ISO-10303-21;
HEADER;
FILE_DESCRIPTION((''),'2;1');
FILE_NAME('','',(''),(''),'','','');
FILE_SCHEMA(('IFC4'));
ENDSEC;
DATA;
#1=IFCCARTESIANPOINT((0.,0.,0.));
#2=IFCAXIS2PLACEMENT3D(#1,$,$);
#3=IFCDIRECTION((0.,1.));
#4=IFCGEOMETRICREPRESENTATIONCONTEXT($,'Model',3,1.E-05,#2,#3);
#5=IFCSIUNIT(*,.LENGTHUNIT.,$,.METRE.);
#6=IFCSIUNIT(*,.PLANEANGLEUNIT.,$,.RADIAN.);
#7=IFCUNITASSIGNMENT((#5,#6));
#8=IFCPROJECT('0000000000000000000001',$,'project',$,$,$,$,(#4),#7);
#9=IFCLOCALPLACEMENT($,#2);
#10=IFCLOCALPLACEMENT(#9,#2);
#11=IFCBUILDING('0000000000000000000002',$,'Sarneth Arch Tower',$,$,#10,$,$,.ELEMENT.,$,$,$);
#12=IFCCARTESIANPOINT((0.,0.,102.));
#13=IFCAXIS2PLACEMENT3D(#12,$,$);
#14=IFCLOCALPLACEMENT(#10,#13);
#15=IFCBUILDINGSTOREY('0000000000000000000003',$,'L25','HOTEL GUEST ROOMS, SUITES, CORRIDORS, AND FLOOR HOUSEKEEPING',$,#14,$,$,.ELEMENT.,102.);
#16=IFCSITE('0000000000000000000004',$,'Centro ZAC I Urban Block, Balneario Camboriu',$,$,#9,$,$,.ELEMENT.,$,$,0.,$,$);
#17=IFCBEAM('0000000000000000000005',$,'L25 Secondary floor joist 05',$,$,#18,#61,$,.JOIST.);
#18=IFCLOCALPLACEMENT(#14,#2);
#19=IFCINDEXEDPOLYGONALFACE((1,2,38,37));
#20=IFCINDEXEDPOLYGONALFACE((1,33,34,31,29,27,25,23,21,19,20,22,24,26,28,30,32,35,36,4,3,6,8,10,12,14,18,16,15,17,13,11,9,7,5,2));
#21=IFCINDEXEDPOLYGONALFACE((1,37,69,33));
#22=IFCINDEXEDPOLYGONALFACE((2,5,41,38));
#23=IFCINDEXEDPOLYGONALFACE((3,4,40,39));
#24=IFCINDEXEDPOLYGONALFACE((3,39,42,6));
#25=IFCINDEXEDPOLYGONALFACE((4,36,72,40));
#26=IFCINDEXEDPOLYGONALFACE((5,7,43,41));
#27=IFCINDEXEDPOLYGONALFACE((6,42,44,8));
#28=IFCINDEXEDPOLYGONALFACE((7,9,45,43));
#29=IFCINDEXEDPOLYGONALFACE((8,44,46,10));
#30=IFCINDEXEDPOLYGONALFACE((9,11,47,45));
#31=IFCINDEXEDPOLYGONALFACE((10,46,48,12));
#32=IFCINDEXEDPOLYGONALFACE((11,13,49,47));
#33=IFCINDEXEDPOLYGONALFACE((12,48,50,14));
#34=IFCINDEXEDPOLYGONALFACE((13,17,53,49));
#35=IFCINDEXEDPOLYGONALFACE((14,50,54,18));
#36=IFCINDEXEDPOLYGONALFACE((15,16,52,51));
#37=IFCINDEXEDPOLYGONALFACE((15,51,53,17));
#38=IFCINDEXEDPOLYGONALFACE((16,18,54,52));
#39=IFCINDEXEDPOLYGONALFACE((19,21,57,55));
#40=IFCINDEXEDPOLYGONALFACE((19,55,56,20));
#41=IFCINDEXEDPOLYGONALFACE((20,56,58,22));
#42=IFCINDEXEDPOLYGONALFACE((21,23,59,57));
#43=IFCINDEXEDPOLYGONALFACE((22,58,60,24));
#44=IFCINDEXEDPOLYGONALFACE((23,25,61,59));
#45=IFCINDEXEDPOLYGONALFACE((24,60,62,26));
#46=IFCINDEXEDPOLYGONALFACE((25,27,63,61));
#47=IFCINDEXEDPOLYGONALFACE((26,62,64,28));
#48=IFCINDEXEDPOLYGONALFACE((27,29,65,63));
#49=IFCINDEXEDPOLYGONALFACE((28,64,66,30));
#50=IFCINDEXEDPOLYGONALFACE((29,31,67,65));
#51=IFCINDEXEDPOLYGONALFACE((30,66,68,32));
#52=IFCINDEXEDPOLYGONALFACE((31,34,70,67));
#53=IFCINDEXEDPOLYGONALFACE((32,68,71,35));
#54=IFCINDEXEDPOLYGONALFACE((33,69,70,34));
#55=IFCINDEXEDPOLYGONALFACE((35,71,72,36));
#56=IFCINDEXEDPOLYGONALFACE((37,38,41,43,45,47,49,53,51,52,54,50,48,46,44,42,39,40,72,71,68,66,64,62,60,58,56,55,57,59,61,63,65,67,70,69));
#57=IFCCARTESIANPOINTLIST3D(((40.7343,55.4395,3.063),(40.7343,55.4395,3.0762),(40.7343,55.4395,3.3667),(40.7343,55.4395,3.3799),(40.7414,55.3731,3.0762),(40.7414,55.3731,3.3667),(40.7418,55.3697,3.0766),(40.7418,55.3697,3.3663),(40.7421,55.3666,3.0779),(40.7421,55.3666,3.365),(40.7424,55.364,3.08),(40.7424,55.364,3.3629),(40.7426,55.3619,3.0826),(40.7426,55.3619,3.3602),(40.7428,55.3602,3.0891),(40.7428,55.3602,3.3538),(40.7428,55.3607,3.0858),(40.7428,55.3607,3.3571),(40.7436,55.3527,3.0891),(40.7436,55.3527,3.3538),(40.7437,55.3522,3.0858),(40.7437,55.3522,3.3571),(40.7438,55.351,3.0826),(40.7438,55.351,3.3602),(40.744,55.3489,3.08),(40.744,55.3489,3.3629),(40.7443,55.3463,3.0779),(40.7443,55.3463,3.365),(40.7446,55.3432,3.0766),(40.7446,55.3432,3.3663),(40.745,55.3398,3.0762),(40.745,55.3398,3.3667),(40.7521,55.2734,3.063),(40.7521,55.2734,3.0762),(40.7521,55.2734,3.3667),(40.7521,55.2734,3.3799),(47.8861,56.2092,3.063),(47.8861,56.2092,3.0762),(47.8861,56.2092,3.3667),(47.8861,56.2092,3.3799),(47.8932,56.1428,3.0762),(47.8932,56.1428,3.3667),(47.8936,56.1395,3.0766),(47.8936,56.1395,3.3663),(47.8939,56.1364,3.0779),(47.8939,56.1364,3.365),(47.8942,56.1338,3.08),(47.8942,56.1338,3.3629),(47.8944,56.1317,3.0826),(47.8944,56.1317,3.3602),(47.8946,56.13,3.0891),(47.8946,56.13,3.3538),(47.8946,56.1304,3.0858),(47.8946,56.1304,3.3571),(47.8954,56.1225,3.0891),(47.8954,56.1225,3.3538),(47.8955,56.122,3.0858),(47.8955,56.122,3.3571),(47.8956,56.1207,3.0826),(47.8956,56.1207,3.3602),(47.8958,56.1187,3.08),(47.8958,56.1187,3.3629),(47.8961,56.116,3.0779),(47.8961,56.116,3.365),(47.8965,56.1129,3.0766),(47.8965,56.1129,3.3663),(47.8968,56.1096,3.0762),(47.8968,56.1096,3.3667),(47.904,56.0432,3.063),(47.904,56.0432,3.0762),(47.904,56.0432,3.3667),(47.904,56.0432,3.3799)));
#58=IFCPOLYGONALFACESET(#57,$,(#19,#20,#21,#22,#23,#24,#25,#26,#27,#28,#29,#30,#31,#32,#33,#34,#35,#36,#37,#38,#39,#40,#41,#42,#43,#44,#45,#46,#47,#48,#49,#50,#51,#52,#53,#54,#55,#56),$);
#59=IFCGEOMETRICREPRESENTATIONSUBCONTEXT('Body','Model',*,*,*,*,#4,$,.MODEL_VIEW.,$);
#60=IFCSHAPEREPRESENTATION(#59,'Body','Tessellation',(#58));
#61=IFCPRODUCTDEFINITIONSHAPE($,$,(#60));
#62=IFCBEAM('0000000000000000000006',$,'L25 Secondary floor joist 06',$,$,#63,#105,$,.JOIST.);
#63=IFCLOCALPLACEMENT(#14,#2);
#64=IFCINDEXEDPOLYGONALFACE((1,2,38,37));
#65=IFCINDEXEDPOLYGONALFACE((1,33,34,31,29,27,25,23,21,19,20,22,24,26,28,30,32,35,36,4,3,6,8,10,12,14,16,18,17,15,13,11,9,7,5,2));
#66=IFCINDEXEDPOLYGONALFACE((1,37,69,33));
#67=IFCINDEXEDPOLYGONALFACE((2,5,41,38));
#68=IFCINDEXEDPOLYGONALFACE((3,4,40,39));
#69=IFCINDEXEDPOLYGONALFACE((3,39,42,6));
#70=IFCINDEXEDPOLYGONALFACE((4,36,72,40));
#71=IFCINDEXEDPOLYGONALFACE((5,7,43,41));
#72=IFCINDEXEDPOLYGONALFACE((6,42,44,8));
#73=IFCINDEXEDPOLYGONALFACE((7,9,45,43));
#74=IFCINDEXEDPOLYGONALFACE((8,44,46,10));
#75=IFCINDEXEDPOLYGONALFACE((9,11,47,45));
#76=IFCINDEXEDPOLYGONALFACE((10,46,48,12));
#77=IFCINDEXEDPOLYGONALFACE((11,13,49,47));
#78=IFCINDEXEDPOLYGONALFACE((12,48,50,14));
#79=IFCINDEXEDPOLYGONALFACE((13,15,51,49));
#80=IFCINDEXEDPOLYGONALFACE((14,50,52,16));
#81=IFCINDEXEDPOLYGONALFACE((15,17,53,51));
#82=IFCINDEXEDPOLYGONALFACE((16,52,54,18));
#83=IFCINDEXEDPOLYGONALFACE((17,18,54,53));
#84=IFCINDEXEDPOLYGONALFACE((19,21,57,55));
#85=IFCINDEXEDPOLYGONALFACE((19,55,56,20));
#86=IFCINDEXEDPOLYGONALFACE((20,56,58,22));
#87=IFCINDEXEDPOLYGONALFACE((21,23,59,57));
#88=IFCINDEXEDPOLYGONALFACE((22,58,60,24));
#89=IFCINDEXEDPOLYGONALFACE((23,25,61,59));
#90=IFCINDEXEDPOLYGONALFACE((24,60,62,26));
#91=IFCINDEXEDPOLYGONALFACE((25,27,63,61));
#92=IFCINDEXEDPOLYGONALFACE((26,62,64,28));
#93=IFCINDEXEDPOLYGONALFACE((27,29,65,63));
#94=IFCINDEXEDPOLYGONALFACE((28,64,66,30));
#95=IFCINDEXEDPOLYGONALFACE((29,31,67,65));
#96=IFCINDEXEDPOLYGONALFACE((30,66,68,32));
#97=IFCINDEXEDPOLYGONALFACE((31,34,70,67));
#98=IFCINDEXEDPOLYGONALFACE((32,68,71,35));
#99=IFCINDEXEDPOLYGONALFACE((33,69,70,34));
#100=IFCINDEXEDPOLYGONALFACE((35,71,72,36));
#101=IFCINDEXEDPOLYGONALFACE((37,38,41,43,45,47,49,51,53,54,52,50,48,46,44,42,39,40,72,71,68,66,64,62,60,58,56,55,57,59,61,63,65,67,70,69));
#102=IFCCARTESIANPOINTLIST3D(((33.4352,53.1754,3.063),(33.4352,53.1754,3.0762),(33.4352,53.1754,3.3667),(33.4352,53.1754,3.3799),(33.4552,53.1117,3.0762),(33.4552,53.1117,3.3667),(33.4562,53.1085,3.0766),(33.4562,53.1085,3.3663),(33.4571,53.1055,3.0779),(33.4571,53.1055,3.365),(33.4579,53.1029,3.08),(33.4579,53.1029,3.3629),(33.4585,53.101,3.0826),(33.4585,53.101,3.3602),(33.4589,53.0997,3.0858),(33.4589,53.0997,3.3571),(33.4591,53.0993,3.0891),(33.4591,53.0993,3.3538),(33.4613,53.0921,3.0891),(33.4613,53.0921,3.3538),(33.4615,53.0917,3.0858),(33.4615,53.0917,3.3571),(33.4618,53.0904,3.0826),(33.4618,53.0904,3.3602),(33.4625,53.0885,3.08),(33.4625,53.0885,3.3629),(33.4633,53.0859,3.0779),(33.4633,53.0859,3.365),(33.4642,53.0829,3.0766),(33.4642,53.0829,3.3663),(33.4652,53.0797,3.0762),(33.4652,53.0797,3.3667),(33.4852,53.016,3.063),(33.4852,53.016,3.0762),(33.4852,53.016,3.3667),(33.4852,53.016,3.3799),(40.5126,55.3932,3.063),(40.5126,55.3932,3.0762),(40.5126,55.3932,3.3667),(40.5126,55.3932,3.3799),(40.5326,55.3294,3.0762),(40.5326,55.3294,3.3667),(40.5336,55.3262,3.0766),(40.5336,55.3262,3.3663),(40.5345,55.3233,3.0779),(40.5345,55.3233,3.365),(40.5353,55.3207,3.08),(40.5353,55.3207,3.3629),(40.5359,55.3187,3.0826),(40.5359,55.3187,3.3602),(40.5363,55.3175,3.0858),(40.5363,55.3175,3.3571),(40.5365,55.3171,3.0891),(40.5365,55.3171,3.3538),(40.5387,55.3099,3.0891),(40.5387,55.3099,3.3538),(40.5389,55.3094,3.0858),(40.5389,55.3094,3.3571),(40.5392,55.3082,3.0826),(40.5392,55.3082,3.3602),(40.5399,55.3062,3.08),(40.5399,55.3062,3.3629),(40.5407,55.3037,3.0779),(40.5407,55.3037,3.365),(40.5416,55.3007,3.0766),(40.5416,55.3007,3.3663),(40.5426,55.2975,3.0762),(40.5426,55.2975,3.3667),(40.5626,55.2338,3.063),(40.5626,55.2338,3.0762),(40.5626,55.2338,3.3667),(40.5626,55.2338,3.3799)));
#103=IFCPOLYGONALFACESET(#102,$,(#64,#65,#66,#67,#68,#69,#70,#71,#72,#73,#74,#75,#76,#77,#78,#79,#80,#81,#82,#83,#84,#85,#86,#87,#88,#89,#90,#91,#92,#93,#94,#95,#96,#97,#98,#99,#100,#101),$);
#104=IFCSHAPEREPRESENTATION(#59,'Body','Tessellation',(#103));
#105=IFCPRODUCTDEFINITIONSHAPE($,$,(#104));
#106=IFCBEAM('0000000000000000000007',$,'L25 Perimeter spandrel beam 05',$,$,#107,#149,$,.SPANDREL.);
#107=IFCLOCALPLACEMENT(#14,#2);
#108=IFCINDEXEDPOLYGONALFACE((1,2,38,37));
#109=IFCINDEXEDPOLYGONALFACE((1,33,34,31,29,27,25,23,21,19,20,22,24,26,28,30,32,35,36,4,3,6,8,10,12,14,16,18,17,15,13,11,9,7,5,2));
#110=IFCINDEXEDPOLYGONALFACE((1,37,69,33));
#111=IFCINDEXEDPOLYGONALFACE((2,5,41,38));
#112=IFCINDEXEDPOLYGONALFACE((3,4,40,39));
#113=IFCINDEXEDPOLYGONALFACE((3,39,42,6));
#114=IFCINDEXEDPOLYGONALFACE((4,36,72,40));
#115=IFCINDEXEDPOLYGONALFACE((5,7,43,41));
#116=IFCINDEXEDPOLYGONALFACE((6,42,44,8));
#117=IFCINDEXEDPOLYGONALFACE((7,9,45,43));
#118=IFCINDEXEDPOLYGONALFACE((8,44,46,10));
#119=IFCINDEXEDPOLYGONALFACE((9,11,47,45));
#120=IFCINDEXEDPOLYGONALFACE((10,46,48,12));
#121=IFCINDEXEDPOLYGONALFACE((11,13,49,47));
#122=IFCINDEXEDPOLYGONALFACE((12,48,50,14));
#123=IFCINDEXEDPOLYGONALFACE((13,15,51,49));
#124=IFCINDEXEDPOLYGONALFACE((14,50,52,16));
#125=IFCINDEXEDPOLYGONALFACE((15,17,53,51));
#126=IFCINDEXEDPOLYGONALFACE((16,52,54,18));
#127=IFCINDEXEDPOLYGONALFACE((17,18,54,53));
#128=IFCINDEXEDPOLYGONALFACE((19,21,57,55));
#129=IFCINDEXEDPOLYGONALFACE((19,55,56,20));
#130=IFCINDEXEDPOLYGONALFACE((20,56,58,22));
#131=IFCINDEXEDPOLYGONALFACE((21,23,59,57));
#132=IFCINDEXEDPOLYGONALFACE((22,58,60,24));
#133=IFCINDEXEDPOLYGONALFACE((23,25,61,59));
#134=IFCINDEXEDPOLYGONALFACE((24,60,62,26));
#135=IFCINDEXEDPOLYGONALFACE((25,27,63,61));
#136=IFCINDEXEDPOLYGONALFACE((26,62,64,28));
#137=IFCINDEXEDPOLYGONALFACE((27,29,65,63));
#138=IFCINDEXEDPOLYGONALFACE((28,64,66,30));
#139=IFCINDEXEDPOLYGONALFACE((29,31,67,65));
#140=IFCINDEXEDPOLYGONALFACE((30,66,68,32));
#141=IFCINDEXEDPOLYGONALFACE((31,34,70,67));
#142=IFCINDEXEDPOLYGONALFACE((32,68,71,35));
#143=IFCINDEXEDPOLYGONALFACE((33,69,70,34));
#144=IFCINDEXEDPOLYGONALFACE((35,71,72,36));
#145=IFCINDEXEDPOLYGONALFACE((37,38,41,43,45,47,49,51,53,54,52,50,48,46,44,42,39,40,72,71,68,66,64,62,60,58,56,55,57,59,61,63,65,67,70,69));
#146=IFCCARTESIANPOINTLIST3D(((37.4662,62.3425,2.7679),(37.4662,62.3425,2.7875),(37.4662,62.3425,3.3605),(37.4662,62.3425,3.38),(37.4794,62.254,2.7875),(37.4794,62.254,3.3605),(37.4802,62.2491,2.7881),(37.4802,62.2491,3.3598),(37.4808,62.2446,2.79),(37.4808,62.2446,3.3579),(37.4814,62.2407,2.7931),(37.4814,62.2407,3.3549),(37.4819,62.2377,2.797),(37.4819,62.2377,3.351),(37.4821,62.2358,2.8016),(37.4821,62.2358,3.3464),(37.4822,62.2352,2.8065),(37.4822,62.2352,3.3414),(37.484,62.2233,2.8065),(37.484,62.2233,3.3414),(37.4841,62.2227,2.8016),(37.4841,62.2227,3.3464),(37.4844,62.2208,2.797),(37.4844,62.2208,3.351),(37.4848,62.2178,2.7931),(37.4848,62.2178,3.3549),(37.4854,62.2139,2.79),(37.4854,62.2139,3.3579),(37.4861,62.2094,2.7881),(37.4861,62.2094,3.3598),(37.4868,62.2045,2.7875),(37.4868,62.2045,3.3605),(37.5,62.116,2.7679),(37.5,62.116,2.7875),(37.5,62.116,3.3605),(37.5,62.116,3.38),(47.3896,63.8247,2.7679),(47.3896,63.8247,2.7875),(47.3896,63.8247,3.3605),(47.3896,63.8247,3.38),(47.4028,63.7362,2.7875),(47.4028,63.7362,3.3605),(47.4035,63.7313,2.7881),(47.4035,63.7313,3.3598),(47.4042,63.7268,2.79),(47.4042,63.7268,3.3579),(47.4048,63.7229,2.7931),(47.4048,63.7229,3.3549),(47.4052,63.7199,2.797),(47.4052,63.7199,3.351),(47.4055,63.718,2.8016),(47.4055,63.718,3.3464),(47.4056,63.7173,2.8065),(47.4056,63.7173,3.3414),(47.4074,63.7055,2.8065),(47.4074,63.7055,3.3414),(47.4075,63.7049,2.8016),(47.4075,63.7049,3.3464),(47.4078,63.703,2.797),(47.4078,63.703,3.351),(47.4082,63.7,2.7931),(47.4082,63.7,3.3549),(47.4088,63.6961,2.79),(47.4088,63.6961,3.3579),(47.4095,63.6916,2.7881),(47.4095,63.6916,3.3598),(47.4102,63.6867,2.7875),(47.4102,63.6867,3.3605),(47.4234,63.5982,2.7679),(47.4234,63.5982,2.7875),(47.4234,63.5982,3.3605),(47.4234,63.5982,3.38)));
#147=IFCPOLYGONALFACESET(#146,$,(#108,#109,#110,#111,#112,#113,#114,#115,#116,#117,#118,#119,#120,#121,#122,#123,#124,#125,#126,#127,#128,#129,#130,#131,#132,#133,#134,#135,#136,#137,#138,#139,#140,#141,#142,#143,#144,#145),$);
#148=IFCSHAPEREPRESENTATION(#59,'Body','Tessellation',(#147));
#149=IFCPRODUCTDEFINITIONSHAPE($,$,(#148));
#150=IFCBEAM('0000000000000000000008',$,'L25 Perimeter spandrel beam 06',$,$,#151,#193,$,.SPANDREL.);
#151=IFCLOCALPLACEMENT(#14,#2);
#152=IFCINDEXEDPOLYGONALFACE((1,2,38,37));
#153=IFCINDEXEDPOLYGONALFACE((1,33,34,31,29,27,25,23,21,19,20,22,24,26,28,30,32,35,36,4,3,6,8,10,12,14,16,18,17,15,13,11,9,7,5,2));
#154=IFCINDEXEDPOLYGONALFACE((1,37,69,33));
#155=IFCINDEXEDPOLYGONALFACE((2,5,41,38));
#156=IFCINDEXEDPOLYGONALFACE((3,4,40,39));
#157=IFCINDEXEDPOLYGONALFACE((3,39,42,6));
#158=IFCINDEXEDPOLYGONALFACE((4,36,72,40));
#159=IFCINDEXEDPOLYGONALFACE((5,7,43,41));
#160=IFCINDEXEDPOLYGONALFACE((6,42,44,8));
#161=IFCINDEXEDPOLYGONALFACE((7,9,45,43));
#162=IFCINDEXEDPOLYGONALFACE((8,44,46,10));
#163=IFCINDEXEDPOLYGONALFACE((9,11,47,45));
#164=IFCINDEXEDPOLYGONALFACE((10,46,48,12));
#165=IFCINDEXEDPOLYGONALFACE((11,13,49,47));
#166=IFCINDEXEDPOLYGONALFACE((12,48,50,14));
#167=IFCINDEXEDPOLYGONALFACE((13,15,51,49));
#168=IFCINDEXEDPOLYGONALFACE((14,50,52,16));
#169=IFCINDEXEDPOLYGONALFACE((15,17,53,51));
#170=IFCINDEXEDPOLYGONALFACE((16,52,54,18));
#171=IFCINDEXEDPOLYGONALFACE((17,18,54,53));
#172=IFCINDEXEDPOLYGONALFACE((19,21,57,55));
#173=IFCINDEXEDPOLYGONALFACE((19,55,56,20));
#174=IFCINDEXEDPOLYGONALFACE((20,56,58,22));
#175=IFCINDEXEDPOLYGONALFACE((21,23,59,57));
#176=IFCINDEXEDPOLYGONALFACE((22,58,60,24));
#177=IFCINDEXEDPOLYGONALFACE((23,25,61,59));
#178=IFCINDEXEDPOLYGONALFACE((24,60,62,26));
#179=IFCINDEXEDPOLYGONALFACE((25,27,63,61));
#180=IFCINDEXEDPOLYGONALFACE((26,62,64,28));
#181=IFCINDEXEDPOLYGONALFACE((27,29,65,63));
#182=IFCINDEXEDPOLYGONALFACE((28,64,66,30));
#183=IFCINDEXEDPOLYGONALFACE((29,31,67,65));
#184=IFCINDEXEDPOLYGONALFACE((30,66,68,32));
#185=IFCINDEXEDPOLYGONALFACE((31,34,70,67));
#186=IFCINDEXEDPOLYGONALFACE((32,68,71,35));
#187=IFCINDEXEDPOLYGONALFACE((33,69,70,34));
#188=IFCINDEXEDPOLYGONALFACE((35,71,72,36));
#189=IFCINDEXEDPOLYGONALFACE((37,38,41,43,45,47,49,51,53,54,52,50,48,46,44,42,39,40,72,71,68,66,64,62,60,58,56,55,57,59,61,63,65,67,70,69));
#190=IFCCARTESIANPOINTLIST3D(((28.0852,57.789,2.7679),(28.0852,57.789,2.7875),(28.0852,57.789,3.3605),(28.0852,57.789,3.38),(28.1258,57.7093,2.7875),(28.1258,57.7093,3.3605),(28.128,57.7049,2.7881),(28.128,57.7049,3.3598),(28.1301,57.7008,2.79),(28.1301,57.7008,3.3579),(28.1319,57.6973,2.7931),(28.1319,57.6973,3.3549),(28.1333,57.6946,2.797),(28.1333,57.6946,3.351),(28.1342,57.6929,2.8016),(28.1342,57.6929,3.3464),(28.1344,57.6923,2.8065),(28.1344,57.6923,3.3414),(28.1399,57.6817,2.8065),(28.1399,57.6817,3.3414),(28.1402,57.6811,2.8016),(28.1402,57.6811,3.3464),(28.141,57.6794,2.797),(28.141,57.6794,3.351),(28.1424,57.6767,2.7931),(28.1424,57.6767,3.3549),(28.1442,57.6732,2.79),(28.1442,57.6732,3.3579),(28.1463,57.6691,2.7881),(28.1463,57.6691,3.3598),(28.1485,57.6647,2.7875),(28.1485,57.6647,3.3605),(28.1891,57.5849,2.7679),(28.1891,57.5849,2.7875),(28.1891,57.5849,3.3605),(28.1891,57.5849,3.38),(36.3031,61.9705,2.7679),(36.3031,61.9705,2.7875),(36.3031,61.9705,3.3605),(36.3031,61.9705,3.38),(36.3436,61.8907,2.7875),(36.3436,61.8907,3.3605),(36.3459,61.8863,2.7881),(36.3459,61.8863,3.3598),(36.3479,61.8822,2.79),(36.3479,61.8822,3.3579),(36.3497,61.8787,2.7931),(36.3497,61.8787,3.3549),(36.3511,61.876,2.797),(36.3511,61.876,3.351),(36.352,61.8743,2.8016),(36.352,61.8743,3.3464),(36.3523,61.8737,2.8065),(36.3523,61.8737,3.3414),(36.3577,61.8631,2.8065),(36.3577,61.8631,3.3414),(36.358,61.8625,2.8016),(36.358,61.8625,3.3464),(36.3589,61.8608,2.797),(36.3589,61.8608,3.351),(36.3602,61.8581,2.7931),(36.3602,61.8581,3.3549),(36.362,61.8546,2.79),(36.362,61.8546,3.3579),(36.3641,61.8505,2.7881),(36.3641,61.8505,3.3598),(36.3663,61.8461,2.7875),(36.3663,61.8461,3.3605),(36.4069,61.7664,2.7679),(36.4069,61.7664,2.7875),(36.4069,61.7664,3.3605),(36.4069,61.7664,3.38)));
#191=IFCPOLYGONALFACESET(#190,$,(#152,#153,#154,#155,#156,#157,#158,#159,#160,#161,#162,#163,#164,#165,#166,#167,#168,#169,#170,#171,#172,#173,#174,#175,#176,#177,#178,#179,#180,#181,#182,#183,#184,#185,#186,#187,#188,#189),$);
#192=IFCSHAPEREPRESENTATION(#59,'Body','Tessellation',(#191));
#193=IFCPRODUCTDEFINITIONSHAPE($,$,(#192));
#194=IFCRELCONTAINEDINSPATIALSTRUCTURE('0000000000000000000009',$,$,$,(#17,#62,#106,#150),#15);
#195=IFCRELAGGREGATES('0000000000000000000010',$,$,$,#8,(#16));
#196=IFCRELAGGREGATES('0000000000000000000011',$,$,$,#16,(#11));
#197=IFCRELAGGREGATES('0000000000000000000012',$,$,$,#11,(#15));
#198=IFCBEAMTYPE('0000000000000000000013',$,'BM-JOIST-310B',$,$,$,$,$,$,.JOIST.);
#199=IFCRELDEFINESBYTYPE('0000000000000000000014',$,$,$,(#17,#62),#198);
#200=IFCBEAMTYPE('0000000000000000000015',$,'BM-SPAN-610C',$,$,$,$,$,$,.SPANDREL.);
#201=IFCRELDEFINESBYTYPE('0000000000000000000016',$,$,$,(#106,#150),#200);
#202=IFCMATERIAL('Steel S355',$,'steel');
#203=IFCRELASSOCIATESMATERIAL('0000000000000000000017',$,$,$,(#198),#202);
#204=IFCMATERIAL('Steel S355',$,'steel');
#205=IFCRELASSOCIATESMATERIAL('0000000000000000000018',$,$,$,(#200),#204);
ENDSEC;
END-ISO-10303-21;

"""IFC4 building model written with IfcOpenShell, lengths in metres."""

from ifc_helpers import new_model, si_unit, direction, frame, origin, origin_2d, place, context, subcontext, project, spatial, i_section, extrude, material, material_profile, profile_set, type_object, element, save


model = new_model("IFC4")

# Units and contexts
model_context = context("Model", 3, precision=1e-05, world=origin(), true_north=direction((0.0, 1.0)))
body_context = subcontext(model_context, "Body", "Model", "MODEL_VIEW")
ifc_project = project(units=[si_unit("LENGTHUNIT", "METRE"), si_unit("PLANEANGLEUNIT", "RADIAN")], contexts=[model_context])

# Site, building, storey
site_placement = place(None, origin())
site = spatial("IfcSite", under=ifc_project, at=site_placement, Name="Centro ZAC I Urban Block, Balneario Camboriu", CompositionType="ELEMENT", RefElevation=0.0)
building_placement = place(site_placement, origin())
building = spatial("IfcBuilding", under=site, at=building_placement, Name="Sarneth Arch Tower", CompositionType="ELEMENT")
storey_placement = place(building_placement, frame((0.0, 0.0, 102.0)))
storey = spatial("IfcBuildingStorey", under=building, at=storey_placement, Name="L25", Description="HOTEL GUEST ROOMS, SUITES, CORRIDORS, AND FLOOR HOUSEKEEPING", CompositionType="ELEMENT", Elevation=102.0)

# Beams
ifc_material_1 = material(Name="Steel S355", Category="steel")
ifc_material_profile_1 = material_profile(ifc_material_1, i_section(OverallWidth=0.167, OverallDepth=0.3169, WebThickness=0.0076, FlangeThickness=0.0132, FilletRadius=0.0129, at=origin_2d()), Name="W310x52")
ifc_profile_set_1 = profile_set([ifc_material_profile_1], Name="Steel S355")
beam_type_1 = type_object("IfcBeamType", Name="BM-JOIST-310B", PredefinedType="JOIST", material=ifc_profile_set_1)
beam_1_placement = place(storey_placement, frame((47.895, 56.1262, 3.2214), z_axis=(-0.994257, -0.107015, 0.0), x_axis=(0.107015, -0.994257, 0.0)))
element("IfcBeam", 1, at=beam_1_placement, inside=storey, type_object=beam_type_1, Name="L25 Secondary floor joist 05", PredefinedType="JOIST", context=body_context, shape_type="SweptSolid", body=[
    extrude(i_section(OverallWidth=0.167, OverallDepth=0.3169, WebThickness=0.0076, FlangeThickness=0.0132, FilletRadius=0.0129, at=origin_2d()), origin(), (0.0, 0.0, 1.0), 7.1931),
])
beam_2_placement = place(storey_placement, frame((40.5376, 55.3135, 3.2214), z_axis=(-0.954246, -0.299023, 0.0), x_axis=(0.299023, -0.954246, 0.0)))
element("IfcBeam", 2, at=beam_2_placement, inside=storey, type_object=beam_type_1, Name="L25 Secondary floor joist 06", PredefinedType="JOIST", context=body_context, shape_type="SweptSolid", body=[
    extrude(i_section(OverallWidth=0.167, OverallDepth=0.3169, WebThickness=0.0076, FlangeThickness=0.0132, FilletRadius=0.0129, at=origin_2d()), origin(), (0.0, 0.0, 1.0), 7.4167),
])
ifc_material_2 = material(Name="Steel S355", Category="steel")
ifc_material_profile_2 = material_profile(ifc_material_2, i_section(OverallWidth=0.229, OverallDepth=0.6121, WebThickness=0.012, FlangeThickness=0.0195, FilletRadius=0.019, at=origin_2d()), Name="W610x125")
ifc_profile_set_2 = profile_set([ifc_material_profile_2], Name="Steel S355")
beam_type_2 = type_object("IfcBeamType", Name="BM-SPAN-610C", PredefinedType="SPANDREL", material=ifc_profile_set_2)
beam_3_placement = place(storey_placement, frame((47.4065, 63.7114, 3.074), z_axis=(-0.989029, -0.147724, 0.0), x_axis=(0.147724, -0.989029, 0.0)))
element("IfcBeam", 3, at=beam_3_placement, inside=storey, type_object=beam_type_2, Name="L25 Perimeter spandrel beam 05", PredefinedType="SPANDREL", context=body_context, shape_type="SweptSolid", body=[
    extrude(i_section(OverallWidth=0.229, OverallDepth=0.6121, WebThickness=0.012, FlangeThickness=0.0195, FilletRadius=0.019, at=origin_2d()), origin(), (0.0, 0.0, 1.0), 10.0334),
])
beam_4_placement = place(storey_placement, frame((36.355, 61.8684, 3.074), z_axis=(-0.891259, -0.453494, 0.0), x_axis=(0.453494, -0.891259, 0.0)))
element("IfcBeam", 4, at=beam_4_placement, inside=storey, type_object=beam_type_2, Name="L25 Perimeter spandrel beam 06", PredefinedType="SPANDREL", context=body_context, shape_type="SweptSolid", body=[
    extrude(i_section(OverallWidth=0.229, OverallDepth=0.6121, WebThickness=0.012, FlangeThickness=0.0195, FilletRadius=0.019, at=origin_2d()), origin(), (0.0, 0.0, 1.0), 9.2205),
])

save(model, "model.ifc")
